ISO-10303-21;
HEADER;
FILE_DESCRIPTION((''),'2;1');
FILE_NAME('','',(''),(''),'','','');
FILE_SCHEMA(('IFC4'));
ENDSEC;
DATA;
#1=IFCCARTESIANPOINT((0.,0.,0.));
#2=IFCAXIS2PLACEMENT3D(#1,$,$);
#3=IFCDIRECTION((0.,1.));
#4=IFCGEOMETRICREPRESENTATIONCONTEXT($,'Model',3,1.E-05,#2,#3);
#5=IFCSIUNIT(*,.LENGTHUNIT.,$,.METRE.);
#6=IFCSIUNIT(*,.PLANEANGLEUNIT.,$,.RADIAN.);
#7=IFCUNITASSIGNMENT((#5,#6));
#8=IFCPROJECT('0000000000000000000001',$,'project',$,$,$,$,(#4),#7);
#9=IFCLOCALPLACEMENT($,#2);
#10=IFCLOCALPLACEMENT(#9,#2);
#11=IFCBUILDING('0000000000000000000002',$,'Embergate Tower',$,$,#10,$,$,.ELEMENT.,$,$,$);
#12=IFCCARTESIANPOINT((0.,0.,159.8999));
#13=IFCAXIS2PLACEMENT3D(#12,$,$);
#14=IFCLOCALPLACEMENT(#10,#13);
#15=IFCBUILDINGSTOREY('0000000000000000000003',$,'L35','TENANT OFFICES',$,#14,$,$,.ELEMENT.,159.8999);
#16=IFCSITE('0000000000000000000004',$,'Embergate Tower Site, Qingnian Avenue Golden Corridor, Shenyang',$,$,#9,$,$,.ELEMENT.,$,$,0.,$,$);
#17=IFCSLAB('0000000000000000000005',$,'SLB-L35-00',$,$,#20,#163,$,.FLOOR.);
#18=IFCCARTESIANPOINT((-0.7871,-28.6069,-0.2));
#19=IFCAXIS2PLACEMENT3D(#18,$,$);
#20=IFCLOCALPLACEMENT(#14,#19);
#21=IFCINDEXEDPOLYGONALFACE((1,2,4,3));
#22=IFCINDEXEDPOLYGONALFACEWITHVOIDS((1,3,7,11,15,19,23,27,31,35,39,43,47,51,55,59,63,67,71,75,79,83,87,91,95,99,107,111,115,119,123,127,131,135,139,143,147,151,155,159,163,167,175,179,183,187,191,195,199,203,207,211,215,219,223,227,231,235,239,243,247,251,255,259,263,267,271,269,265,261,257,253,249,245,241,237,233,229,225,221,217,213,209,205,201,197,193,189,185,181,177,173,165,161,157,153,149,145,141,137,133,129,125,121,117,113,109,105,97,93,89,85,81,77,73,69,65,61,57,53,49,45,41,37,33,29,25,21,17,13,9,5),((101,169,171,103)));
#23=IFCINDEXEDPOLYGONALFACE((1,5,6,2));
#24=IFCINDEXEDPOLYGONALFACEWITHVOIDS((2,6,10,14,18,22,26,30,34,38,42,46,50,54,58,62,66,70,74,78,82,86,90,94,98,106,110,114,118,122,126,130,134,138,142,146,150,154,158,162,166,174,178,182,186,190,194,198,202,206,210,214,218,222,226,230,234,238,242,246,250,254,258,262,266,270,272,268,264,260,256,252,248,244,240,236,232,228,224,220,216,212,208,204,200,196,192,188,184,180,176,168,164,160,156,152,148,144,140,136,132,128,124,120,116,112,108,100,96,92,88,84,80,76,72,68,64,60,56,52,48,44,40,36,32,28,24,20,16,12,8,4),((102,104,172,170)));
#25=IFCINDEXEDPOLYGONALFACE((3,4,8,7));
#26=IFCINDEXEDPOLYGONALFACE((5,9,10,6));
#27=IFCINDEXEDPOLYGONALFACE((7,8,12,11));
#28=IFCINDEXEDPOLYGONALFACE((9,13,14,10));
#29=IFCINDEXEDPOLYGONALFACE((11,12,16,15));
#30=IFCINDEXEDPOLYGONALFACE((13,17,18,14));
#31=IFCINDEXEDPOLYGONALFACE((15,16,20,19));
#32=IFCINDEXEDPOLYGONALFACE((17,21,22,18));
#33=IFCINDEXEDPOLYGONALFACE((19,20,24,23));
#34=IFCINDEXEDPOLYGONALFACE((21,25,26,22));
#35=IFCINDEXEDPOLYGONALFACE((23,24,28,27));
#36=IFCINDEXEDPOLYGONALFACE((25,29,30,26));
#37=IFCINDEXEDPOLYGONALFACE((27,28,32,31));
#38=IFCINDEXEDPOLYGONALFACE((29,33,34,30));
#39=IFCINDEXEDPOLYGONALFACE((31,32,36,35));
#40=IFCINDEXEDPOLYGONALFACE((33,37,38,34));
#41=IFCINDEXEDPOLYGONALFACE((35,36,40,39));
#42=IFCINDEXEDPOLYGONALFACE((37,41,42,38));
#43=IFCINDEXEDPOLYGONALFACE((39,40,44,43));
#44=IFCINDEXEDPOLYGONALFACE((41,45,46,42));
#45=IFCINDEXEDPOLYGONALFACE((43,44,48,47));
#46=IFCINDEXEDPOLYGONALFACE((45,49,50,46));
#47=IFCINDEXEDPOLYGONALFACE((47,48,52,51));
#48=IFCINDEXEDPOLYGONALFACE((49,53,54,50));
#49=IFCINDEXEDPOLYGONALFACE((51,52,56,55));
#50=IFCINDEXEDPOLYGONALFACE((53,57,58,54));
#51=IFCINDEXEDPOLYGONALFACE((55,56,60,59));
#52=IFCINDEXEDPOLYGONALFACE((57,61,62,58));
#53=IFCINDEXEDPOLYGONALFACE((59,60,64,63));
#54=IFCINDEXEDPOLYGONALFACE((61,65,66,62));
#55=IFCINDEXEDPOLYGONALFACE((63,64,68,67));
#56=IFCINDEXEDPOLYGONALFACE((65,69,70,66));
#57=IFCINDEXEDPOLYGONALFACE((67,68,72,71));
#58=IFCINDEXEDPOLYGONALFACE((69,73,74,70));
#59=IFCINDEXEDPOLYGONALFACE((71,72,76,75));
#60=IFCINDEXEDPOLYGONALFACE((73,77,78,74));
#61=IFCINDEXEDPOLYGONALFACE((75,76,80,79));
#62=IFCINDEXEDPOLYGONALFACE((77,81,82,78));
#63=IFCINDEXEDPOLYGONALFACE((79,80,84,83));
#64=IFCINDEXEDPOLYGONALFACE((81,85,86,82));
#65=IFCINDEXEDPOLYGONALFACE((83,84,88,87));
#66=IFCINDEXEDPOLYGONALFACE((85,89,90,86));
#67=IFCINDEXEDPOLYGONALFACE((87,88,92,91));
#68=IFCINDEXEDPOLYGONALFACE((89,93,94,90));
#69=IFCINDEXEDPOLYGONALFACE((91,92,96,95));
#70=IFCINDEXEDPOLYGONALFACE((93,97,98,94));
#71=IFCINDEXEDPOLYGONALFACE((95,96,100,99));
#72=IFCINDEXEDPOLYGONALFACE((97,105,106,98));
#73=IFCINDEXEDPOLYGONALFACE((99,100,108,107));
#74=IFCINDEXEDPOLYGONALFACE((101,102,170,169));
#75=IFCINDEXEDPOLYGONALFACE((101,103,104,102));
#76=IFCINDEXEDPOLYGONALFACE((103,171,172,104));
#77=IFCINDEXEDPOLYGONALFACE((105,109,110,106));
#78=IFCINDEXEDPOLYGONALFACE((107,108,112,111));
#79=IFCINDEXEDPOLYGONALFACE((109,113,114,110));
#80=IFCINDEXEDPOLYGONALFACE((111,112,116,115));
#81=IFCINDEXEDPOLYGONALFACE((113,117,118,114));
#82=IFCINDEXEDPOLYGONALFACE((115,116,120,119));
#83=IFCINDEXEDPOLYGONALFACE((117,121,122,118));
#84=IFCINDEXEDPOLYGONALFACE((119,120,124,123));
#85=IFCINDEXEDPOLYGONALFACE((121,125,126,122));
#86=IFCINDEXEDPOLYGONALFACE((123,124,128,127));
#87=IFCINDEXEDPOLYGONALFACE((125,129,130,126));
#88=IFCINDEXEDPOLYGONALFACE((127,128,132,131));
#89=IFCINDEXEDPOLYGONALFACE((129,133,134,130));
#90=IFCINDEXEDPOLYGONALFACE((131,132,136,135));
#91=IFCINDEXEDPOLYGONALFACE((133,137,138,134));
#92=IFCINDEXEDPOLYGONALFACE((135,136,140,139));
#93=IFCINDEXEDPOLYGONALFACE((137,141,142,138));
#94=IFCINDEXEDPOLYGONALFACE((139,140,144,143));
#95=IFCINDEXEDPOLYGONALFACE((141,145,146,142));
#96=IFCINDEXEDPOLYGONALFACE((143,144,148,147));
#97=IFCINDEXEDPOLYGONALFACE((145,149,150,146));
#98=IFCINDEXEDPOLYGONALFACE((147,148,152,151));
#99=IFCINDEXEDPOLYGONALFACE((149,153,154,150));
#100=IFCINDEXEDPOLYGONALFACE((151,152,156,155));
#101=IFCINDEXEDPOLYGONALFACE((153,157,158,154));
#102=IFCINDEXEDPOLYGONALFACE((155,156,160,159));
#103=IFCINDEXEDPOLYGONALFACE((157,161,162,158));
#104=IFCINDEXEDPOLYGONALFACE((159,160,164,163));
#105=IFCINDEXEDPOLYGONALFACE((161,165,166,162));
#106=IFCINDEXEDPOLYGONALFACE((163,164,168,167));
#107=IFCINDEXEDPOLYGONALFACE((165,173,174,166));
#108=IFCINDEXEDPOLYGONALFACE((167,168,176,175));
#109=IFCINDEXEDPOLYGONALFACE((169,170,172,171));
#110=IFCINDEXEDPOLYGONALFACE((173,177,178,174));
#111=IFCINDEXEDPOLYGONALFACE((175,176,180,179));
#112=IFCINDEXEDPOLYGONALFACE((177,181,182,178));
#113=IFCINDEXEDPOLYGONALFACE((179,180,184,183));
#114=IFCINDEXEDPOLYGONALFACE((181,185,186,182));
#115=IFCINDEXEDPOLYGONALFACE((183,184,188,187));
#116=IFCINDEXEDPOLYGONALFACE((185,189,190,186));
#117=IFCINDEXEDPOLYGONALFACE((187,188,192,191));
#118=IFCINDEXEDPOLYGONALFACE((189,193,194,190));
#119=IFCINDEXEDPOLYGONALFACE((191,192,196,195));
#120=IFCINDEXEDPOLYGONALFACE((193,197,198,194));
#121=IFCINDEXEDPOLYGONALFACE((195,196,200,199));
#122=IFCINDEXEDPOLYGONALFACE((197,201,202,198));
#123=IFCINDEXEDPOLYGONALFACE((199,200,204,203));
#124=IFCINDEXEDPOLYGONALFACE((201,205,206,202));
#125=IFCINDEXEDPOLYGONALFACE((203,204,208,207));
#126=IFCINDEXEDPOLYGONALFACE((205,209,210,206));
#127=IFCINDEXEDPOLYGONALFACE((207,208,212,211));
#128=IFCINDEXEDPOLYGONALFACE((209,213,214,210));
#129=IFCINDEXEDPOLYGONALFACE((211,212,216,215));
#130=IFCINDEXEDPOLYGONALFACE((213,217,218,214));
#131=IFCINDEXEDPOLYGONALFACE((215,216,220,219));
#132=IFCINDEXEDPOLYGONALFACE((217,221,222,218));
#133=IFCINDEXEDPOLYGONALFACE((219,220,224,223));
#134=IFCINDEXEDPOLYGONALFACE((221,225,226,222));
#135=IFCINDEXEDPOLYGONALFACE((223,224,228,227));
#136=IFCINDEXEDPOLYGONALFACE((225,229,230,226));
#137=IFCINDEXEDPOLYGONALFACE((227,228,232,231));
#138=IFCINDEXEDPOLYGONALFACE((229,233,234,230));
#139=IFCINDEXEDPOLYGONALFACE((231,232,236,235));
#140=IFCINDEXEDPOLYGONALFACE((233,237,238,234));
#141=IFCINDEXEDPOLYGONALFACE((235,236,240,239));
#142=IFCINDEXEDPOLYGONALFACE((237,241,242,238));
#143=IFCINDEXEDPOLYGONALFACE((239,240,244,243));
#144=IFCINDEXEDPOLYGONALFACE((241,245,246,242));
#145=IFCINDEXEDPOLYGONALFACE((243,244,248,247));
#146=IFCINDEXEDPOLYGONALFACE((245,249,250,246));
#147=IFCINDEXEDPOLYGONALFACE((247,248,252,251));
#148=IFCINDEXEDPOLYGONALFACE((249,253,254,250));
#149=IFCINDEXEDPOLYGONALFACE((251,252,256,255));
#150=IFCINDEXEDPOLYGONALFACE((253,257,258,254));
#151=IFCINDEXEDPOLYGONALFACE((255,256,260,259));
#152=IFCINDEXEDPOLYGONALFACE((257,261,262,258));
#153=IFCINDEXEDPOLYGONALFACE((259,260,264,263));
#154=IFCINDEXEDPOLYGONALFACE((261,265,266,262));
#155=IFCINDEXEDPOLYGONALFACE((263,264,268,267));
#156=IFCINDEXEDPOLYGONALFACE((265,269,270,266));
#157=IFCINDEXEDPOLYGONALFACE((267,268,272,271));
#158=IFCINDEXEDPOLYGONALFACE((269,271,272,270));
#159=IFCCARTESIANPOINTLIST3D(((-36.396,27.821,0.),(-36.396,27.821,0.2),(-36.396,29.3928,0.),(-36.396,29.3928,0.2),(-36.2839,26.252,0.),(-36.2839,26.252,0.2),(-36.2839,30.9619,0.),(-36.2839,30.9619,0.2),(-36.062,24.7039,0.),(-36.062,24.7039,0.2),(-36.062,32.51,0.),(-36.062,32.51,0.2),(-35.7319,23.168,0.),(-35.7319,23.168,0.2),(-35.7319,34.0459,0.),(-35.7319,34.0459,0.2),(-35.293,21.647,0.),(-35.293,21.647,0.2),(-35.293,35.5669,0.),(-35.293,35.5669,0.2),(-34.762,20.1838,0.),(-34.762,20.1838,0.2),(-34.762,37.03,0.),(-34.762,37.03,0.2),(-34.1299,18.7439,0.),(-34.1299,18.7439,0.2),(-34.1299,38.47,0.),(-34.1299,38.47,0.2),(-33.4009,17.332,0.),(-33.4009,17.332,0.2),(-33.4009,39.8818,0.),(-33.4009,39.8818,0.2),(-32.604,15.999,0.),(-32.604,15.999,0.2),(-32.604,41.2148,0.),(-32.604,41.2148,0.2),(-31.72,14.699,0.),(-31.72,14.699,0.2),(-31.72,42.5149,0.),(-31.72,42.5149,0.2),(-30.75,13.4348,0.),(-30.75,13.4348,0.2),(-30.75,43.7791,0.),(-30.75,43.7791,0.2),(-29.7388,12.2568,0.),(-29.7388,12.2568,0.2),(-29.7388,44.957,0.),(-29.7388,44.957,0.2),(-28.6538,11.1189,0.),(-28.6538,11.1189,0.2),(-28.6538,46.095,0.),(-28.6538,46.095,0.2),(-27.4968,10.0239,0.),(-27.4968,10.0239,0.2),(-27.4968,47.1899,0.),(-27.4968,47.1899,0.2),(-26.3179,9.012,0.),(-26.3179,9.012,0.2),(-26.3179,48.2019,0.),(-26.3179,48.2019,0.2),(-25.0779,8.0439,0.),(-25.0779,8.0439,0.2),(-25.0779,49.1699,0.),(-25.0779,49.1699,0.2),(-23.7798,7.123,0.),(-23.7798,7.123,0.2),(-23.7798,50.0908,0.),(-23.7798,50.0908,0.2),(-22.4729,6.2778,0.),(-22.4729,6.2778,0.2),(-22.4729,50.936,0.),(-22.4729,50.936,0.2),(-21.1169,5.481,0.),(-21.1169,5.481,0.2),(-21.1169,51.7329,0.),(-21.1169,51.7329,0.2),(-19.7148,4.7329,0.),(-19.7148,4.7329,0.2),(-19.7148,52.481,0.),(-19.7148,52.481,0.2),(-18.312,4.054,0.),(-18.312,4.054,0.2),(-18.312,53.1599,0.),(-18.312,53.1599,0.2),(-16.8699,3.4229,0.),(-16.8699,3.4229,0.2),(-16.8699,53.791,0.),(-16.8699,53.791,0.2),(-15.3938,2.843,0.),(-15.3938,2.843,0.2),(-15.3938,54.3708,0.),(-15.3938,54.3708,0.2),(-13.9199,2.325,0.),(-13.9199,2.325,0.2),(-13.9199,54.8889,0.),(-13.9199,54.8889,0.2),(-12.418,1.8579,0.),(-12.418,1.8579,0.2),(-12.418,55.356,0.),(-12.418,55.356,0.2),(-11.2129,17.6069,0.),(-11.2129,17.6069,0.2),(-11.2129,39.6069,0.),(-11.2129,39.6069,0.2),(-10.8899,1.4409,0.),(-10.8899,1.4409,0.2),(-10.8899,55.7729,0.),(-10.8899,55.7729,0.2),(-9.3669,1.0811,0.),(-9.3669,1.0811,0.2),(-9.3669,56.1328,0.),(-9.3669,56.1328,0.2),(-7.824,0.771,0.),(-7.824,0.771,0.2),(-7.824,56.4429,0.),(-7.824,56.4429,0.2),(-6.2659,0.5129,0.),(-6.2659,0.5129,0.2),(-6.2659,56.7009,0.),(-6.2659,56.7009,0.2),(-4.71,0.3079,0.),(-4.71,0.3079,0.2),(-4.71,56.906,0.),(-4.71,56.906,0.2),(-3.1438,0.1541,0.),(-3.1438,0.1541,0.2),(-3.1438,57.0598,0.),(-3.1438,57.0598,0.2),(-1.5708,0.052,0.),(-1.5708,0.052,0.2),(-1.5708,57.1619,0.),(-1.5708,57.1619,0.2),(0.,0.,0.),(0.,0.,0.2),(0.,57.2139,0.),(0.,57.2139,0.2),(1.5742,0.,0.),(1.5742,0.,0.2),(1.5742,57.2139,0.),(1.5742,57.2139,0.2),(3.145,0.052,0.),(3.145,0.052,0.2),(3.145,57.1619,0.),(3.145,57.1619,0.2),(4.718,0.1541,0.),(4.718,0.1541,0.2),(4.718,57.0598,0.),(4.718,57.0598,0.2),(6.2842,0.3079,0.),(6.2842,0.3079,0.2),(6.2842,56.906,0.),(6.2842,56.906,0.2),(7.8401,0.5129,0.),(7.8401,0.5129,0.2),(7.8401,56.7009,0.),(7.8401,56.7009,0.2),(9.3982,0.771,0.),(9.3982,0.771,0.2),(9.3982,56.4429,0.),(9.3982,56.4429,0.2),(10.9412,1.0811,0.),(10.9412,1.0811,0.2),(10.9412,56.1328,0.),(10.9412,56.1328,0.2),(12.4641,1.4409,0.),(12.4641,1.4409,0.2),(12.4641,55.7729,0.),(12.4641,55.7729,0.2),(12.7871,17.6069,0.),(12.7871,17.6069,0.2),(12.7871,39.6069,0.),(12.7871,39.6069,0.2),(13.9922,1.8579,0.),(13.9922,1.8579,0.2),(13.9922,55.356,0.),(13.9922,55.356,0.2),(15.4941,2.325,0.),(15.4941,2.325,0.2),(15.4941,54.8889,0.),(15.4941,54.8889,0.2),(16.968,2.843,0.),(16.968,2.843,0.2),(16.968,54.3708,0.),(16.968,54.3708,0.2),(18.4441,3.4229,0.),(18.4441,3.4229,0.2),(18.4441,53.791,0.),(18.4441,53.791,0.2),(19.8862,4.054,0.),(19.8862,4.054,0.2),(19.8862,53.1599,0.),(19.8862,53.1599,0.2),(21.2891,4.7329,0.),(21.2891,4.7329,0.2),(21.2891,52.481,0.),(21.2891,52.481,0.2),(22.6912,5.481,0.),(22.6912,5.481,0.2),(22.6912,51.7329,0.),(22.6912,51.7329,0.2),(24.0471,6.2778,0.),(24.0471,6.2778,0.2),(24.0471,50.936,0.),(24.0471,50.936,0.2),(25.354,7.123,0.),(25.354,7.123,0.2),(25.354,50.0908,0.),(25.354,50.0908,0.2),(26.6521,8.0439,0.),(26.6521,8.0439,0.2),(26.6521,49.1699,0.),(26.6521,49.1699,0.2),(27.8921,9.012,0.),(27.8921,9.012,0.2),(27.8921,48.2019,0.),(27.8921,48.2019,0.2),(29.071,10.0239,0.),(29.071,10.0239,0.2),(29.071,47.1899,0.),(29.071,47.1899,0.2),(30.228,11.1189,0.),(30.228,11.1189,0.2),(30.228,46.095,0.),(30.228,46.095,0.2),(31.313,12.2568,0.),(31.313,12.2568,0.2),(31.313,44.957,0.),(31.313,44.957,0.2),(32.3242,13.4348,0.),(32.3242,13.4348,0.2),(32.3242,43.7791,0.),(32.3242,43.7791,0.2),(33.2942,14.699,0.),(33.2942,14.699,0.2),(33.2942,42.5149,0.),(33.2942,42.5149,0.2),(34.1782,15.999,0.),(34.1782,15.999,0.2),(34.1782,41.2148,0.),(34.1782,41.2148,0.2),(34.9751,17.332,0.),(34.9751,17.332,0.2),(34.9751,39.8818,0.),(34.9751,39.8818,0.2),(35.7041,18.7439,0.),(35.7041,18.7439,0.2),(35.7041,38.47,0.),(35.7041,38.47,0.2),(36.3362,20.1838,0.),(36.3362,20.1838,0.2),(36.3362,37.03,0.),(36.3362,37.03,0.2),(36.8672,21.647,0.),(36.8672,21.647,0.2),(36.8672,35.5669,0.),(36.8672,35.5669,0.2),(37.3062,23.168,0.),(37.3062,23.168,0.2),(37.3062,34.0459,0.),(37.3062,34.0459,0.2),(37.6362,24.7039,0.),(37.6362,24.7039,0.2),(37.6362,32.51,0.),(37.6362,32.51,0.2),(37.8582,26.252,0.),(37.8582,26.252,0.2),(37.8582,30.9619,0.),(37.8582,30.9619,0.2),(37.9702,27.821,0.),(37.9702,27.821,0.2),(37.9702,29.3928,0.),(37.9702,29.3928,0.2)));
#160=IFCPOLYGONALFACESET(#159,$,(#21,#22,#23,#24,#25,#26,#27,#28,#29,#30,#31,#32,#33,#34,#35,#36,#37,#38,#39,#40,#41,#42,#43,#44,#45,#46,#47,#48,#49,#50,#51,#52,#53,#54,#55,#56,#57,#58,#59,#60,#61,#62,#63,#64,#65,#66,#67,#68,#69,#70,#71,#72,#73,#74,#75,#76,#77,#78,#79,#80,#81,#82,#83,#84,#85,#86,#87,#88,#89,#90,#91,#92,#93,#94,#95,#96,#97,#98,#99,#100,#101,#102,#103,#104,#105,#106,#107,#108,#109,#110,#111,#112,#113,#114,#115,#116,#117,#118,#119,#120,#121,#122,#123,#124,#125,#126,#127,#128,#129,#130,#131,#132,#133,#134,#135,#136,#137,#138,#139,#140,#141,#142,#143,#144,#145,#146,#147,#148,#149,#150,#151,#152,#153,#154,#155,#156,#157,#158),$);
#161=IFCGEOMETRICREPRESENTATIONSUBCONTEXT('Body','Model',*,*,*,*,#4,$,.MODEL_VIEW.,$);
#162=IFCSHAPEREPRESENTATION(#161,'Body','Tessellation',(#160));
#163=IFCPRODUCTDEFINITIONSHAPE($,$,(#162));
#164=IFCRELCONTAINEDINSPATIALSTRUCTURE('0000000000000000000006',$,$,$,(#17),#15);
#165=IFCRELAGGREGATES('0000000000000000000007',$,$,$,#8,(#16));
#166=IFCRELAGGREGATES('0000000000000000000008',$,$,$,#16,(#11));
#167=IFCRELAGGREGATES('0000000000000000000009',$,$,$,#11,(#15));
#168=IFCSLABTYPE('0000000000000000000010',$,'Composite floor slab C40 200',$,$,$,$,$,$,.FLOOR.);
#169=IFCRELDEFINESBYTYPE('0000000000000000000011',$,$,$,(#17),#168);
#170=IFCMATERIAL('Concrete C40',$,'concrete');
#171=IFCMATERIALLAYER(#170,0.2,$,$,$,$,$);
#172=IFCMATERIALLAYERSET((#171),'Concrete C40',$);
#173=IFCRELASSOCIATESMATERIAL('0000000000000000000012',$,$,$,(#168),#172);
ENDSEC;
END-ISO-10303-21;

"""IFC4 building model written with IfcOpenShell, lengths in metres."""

from ifc_helpers import new_model, si_unit, direction, frame, origin, place, context, subcontext, project, spatial, polyline, outline, extrude, source, transform, mapped, material, layer, layer_set, type_object, element, save


model = new_model("IFC4")

# Units and contexts
model_context = context("Model", 3, precision=1e-05, world=origin(), true_north=direction((0.0, 1.0)))
body_context = subcontext(model_context, "Body", "Model", "MODEL_VIEW")
ifc_project = project(units=[si_unit("LENGTHUNIT", "METRE"), si_unit("PLANEANGLEUNIT", "RADIAN")], contexts=[model_context])

# Site, building, storey
site_placement = place(None, origin())
site = spatial("IfcSite", under=ifc_project, at=site_placement, Name="Embergate Tower Site, Qingnian Avenue Golden Corridor, Shenyang", CompositionType="ELEMENT", RefElevation=0.0)
building_placement = place(site_placement, origin())
building = spatial("IfcBuilding", under=site, at=building_placement, Name="Embergate Tower", CompositionType="ELEMENT")
storey_placement = place(building_placement, frame((0.0, 0.0, 159.8999)))
storey = spatial("IfcBuildingStorey", under=building, at=storey_placement, Name="L35", Description="TENANT OFFICES", CompositionType="ELEMENT", Elevation=159.8999)

# Slab
ifc_material_1 = material(Name="Concrete C40", Category="concrete")
ifc_layer_1 = layer(ifc_material_1, 0.2)
ifc_layer_set_1 = layer_set([ifc_layer_1], Name="Concrete C40")
slab_type = type_object("IfcSlabType", Name="Composite floor slab C40 200", PredefinedType="FLOOR", material=ifc_layer_set_1)
shared_shape_1 = source(origin(), body_context, "Body", "SweptSolid", [
    extrude(outline(polyline([(0.0, 0.0), (1.5742, 0.0), (3.145, 0.052), (4.718, 0.1541), (6.2842, 0.3079), (7.8401, 0.5129), (9.3982, 0.771), (10.9412, 1.0811), (12.4641, 1.4409), (13.9922, 1.8579), (15.4941, 2.325), (16.968, 2.843), (18.4441, 3.4229), (19.8862, 4.054), (21.2891, 4.7329), (22.6912, 5.481), (24.0471, 6.2778), (25.354, 7.123), (26.6521, 8.0439), (27.8921, 9.012), (29.071, 10.0239), (30.228, 11.1189), (31.313, 12.2568), (32.3242, 13.4348), (33.2942, 14.699), (34.1782, 15.999), (34.9751, 17.332), (35.7041, 18.7439), (36.3362, 20.1838), (36.8672, 21.647), (37.3062, 23.168), (37.6362, 24.7039), (37.8582, 26.252), (37.9702, 27.821), (37.9702, 29.3928), (37.8582, 30.9619), (37.6362, 32.51), (37.3062, 34.0459), (36.8672, 35.5669), (36.3362, 37.03), (35.7041, 38.47), (34.9751, 39.8818), (34.1782, 41.2148), (33.2942, 42.5149), (32.3242, 43.7791), (31.313, 44.957), (30.228, 46.095), (29.071, 47.1899), (27.8921, 48.2019), (26.6521, 49.1699), (25.354, 50.0908), (24.0471, 50.936), (22.6912, 51.7329), (21.2891, 52.481), (19.8862, 53.1599), (18.4441, 53.791), (16.968, 54.3708), (15.4941, 54.8889), (13.9922, 55.356), (12.4641, 55.7729), (10.9412, 56.1328), (9.3982, 56.4429), (7.8401, 56.7009), (6.2842, 56.906), (4.718, 57.0598), (3.145, 57.1619), (1.5742, 57.2139), (0.0, 57.2139), (-1.5708, 57.1619), (-3.1438, 57.0598), (-4.71, 56.906), (-6.2659, 56.7009), (-7.824, 56.4429), (-9.3669, 56.1328), (-10.8899, 55.7729), (-12.418, 55.356), (-13.9199, 54.8889), (-15.3938, 54.3708), (-16.8699, 53.791), (-18.312, 53.1599), (-19.7148, 52.481), (-21.1169, 51.7329), (-22.4729, 50.936), (-23.7798, 50.0908), (-25.0779, 49.1699), (-26.3179, 48.2019), (-27.4968, 47.1899), (-28.6538, 46.095), (-29.7388, 44.957), (-30.75, 43.7791), (-31.72, 42.5149), (-32.604, 41.2148), (-33.4009, 39.8818), (-34.1299, 38.47), (-34.762, 37.03), (-35.293, 35.5669), (-35.7319, 34.0459), (-36.062, 32.51), (-36.2839, 30.9619), (-36.396, 29.3928), (-36.396, 27.821), (-36.2839, 26.252), (-36.062, 24.7039), (-35.7319, 23.168), (-35.293, 21.647), (-34.762, 20.1838), (-34.1299, 18.7439), (-33.4009, 17.332), (-32.604, 15.999), (-31.72, 14.699), (-30.75, 13.4348), (-29.7388, 12.2568), (-28.6538, 11.1189), (-27.4968, 10.0239), (-26.3179, 9.012), (-25.0779, 8.0439), (-23.7798, 7.123), (-22.4729, 6.2778), (-21.1169, 5.481), (-19.7148, 4.7329), (-18.312, 4.054), (-16.8699, 3.4229), (-15.3938, 2.843), (-13.9199, 2.325), (-12.418, 1.8579), (-10.8899, 1.4409), (-9.3669, 1.0811), (-7.824, 0.771), (-6.2659, 0.5129), (-4.71, 0.3079), (-3.1438, 0.1541), (-1.5708, 0.052), (0.0, 0.0)]), holes=[polyline([(-11.2129, 17.6069), (-11.2129, 39.6069), (12.7871, 39.6069), (12.7871, 17.6069), (-11.2129, 17.6069)])]), origin(), (0.0, 0.0, 1.0), 0.2),
])
slab_placement = place(storey_placement, frame((-0.7871, -28.6069, -0.2)))
element("IfcSlab", 1, at=slab_placement, inside=storey, type_object=slab_type, Name="SLB-L35-00", PredefinedType="FLOOR", context=body_context, shape_type="MappedRepresentation", body=[
    mapped(shared_shape_1, transform((0.0, 0.0, 0.0))),
])

save(model, "model.ifc")
